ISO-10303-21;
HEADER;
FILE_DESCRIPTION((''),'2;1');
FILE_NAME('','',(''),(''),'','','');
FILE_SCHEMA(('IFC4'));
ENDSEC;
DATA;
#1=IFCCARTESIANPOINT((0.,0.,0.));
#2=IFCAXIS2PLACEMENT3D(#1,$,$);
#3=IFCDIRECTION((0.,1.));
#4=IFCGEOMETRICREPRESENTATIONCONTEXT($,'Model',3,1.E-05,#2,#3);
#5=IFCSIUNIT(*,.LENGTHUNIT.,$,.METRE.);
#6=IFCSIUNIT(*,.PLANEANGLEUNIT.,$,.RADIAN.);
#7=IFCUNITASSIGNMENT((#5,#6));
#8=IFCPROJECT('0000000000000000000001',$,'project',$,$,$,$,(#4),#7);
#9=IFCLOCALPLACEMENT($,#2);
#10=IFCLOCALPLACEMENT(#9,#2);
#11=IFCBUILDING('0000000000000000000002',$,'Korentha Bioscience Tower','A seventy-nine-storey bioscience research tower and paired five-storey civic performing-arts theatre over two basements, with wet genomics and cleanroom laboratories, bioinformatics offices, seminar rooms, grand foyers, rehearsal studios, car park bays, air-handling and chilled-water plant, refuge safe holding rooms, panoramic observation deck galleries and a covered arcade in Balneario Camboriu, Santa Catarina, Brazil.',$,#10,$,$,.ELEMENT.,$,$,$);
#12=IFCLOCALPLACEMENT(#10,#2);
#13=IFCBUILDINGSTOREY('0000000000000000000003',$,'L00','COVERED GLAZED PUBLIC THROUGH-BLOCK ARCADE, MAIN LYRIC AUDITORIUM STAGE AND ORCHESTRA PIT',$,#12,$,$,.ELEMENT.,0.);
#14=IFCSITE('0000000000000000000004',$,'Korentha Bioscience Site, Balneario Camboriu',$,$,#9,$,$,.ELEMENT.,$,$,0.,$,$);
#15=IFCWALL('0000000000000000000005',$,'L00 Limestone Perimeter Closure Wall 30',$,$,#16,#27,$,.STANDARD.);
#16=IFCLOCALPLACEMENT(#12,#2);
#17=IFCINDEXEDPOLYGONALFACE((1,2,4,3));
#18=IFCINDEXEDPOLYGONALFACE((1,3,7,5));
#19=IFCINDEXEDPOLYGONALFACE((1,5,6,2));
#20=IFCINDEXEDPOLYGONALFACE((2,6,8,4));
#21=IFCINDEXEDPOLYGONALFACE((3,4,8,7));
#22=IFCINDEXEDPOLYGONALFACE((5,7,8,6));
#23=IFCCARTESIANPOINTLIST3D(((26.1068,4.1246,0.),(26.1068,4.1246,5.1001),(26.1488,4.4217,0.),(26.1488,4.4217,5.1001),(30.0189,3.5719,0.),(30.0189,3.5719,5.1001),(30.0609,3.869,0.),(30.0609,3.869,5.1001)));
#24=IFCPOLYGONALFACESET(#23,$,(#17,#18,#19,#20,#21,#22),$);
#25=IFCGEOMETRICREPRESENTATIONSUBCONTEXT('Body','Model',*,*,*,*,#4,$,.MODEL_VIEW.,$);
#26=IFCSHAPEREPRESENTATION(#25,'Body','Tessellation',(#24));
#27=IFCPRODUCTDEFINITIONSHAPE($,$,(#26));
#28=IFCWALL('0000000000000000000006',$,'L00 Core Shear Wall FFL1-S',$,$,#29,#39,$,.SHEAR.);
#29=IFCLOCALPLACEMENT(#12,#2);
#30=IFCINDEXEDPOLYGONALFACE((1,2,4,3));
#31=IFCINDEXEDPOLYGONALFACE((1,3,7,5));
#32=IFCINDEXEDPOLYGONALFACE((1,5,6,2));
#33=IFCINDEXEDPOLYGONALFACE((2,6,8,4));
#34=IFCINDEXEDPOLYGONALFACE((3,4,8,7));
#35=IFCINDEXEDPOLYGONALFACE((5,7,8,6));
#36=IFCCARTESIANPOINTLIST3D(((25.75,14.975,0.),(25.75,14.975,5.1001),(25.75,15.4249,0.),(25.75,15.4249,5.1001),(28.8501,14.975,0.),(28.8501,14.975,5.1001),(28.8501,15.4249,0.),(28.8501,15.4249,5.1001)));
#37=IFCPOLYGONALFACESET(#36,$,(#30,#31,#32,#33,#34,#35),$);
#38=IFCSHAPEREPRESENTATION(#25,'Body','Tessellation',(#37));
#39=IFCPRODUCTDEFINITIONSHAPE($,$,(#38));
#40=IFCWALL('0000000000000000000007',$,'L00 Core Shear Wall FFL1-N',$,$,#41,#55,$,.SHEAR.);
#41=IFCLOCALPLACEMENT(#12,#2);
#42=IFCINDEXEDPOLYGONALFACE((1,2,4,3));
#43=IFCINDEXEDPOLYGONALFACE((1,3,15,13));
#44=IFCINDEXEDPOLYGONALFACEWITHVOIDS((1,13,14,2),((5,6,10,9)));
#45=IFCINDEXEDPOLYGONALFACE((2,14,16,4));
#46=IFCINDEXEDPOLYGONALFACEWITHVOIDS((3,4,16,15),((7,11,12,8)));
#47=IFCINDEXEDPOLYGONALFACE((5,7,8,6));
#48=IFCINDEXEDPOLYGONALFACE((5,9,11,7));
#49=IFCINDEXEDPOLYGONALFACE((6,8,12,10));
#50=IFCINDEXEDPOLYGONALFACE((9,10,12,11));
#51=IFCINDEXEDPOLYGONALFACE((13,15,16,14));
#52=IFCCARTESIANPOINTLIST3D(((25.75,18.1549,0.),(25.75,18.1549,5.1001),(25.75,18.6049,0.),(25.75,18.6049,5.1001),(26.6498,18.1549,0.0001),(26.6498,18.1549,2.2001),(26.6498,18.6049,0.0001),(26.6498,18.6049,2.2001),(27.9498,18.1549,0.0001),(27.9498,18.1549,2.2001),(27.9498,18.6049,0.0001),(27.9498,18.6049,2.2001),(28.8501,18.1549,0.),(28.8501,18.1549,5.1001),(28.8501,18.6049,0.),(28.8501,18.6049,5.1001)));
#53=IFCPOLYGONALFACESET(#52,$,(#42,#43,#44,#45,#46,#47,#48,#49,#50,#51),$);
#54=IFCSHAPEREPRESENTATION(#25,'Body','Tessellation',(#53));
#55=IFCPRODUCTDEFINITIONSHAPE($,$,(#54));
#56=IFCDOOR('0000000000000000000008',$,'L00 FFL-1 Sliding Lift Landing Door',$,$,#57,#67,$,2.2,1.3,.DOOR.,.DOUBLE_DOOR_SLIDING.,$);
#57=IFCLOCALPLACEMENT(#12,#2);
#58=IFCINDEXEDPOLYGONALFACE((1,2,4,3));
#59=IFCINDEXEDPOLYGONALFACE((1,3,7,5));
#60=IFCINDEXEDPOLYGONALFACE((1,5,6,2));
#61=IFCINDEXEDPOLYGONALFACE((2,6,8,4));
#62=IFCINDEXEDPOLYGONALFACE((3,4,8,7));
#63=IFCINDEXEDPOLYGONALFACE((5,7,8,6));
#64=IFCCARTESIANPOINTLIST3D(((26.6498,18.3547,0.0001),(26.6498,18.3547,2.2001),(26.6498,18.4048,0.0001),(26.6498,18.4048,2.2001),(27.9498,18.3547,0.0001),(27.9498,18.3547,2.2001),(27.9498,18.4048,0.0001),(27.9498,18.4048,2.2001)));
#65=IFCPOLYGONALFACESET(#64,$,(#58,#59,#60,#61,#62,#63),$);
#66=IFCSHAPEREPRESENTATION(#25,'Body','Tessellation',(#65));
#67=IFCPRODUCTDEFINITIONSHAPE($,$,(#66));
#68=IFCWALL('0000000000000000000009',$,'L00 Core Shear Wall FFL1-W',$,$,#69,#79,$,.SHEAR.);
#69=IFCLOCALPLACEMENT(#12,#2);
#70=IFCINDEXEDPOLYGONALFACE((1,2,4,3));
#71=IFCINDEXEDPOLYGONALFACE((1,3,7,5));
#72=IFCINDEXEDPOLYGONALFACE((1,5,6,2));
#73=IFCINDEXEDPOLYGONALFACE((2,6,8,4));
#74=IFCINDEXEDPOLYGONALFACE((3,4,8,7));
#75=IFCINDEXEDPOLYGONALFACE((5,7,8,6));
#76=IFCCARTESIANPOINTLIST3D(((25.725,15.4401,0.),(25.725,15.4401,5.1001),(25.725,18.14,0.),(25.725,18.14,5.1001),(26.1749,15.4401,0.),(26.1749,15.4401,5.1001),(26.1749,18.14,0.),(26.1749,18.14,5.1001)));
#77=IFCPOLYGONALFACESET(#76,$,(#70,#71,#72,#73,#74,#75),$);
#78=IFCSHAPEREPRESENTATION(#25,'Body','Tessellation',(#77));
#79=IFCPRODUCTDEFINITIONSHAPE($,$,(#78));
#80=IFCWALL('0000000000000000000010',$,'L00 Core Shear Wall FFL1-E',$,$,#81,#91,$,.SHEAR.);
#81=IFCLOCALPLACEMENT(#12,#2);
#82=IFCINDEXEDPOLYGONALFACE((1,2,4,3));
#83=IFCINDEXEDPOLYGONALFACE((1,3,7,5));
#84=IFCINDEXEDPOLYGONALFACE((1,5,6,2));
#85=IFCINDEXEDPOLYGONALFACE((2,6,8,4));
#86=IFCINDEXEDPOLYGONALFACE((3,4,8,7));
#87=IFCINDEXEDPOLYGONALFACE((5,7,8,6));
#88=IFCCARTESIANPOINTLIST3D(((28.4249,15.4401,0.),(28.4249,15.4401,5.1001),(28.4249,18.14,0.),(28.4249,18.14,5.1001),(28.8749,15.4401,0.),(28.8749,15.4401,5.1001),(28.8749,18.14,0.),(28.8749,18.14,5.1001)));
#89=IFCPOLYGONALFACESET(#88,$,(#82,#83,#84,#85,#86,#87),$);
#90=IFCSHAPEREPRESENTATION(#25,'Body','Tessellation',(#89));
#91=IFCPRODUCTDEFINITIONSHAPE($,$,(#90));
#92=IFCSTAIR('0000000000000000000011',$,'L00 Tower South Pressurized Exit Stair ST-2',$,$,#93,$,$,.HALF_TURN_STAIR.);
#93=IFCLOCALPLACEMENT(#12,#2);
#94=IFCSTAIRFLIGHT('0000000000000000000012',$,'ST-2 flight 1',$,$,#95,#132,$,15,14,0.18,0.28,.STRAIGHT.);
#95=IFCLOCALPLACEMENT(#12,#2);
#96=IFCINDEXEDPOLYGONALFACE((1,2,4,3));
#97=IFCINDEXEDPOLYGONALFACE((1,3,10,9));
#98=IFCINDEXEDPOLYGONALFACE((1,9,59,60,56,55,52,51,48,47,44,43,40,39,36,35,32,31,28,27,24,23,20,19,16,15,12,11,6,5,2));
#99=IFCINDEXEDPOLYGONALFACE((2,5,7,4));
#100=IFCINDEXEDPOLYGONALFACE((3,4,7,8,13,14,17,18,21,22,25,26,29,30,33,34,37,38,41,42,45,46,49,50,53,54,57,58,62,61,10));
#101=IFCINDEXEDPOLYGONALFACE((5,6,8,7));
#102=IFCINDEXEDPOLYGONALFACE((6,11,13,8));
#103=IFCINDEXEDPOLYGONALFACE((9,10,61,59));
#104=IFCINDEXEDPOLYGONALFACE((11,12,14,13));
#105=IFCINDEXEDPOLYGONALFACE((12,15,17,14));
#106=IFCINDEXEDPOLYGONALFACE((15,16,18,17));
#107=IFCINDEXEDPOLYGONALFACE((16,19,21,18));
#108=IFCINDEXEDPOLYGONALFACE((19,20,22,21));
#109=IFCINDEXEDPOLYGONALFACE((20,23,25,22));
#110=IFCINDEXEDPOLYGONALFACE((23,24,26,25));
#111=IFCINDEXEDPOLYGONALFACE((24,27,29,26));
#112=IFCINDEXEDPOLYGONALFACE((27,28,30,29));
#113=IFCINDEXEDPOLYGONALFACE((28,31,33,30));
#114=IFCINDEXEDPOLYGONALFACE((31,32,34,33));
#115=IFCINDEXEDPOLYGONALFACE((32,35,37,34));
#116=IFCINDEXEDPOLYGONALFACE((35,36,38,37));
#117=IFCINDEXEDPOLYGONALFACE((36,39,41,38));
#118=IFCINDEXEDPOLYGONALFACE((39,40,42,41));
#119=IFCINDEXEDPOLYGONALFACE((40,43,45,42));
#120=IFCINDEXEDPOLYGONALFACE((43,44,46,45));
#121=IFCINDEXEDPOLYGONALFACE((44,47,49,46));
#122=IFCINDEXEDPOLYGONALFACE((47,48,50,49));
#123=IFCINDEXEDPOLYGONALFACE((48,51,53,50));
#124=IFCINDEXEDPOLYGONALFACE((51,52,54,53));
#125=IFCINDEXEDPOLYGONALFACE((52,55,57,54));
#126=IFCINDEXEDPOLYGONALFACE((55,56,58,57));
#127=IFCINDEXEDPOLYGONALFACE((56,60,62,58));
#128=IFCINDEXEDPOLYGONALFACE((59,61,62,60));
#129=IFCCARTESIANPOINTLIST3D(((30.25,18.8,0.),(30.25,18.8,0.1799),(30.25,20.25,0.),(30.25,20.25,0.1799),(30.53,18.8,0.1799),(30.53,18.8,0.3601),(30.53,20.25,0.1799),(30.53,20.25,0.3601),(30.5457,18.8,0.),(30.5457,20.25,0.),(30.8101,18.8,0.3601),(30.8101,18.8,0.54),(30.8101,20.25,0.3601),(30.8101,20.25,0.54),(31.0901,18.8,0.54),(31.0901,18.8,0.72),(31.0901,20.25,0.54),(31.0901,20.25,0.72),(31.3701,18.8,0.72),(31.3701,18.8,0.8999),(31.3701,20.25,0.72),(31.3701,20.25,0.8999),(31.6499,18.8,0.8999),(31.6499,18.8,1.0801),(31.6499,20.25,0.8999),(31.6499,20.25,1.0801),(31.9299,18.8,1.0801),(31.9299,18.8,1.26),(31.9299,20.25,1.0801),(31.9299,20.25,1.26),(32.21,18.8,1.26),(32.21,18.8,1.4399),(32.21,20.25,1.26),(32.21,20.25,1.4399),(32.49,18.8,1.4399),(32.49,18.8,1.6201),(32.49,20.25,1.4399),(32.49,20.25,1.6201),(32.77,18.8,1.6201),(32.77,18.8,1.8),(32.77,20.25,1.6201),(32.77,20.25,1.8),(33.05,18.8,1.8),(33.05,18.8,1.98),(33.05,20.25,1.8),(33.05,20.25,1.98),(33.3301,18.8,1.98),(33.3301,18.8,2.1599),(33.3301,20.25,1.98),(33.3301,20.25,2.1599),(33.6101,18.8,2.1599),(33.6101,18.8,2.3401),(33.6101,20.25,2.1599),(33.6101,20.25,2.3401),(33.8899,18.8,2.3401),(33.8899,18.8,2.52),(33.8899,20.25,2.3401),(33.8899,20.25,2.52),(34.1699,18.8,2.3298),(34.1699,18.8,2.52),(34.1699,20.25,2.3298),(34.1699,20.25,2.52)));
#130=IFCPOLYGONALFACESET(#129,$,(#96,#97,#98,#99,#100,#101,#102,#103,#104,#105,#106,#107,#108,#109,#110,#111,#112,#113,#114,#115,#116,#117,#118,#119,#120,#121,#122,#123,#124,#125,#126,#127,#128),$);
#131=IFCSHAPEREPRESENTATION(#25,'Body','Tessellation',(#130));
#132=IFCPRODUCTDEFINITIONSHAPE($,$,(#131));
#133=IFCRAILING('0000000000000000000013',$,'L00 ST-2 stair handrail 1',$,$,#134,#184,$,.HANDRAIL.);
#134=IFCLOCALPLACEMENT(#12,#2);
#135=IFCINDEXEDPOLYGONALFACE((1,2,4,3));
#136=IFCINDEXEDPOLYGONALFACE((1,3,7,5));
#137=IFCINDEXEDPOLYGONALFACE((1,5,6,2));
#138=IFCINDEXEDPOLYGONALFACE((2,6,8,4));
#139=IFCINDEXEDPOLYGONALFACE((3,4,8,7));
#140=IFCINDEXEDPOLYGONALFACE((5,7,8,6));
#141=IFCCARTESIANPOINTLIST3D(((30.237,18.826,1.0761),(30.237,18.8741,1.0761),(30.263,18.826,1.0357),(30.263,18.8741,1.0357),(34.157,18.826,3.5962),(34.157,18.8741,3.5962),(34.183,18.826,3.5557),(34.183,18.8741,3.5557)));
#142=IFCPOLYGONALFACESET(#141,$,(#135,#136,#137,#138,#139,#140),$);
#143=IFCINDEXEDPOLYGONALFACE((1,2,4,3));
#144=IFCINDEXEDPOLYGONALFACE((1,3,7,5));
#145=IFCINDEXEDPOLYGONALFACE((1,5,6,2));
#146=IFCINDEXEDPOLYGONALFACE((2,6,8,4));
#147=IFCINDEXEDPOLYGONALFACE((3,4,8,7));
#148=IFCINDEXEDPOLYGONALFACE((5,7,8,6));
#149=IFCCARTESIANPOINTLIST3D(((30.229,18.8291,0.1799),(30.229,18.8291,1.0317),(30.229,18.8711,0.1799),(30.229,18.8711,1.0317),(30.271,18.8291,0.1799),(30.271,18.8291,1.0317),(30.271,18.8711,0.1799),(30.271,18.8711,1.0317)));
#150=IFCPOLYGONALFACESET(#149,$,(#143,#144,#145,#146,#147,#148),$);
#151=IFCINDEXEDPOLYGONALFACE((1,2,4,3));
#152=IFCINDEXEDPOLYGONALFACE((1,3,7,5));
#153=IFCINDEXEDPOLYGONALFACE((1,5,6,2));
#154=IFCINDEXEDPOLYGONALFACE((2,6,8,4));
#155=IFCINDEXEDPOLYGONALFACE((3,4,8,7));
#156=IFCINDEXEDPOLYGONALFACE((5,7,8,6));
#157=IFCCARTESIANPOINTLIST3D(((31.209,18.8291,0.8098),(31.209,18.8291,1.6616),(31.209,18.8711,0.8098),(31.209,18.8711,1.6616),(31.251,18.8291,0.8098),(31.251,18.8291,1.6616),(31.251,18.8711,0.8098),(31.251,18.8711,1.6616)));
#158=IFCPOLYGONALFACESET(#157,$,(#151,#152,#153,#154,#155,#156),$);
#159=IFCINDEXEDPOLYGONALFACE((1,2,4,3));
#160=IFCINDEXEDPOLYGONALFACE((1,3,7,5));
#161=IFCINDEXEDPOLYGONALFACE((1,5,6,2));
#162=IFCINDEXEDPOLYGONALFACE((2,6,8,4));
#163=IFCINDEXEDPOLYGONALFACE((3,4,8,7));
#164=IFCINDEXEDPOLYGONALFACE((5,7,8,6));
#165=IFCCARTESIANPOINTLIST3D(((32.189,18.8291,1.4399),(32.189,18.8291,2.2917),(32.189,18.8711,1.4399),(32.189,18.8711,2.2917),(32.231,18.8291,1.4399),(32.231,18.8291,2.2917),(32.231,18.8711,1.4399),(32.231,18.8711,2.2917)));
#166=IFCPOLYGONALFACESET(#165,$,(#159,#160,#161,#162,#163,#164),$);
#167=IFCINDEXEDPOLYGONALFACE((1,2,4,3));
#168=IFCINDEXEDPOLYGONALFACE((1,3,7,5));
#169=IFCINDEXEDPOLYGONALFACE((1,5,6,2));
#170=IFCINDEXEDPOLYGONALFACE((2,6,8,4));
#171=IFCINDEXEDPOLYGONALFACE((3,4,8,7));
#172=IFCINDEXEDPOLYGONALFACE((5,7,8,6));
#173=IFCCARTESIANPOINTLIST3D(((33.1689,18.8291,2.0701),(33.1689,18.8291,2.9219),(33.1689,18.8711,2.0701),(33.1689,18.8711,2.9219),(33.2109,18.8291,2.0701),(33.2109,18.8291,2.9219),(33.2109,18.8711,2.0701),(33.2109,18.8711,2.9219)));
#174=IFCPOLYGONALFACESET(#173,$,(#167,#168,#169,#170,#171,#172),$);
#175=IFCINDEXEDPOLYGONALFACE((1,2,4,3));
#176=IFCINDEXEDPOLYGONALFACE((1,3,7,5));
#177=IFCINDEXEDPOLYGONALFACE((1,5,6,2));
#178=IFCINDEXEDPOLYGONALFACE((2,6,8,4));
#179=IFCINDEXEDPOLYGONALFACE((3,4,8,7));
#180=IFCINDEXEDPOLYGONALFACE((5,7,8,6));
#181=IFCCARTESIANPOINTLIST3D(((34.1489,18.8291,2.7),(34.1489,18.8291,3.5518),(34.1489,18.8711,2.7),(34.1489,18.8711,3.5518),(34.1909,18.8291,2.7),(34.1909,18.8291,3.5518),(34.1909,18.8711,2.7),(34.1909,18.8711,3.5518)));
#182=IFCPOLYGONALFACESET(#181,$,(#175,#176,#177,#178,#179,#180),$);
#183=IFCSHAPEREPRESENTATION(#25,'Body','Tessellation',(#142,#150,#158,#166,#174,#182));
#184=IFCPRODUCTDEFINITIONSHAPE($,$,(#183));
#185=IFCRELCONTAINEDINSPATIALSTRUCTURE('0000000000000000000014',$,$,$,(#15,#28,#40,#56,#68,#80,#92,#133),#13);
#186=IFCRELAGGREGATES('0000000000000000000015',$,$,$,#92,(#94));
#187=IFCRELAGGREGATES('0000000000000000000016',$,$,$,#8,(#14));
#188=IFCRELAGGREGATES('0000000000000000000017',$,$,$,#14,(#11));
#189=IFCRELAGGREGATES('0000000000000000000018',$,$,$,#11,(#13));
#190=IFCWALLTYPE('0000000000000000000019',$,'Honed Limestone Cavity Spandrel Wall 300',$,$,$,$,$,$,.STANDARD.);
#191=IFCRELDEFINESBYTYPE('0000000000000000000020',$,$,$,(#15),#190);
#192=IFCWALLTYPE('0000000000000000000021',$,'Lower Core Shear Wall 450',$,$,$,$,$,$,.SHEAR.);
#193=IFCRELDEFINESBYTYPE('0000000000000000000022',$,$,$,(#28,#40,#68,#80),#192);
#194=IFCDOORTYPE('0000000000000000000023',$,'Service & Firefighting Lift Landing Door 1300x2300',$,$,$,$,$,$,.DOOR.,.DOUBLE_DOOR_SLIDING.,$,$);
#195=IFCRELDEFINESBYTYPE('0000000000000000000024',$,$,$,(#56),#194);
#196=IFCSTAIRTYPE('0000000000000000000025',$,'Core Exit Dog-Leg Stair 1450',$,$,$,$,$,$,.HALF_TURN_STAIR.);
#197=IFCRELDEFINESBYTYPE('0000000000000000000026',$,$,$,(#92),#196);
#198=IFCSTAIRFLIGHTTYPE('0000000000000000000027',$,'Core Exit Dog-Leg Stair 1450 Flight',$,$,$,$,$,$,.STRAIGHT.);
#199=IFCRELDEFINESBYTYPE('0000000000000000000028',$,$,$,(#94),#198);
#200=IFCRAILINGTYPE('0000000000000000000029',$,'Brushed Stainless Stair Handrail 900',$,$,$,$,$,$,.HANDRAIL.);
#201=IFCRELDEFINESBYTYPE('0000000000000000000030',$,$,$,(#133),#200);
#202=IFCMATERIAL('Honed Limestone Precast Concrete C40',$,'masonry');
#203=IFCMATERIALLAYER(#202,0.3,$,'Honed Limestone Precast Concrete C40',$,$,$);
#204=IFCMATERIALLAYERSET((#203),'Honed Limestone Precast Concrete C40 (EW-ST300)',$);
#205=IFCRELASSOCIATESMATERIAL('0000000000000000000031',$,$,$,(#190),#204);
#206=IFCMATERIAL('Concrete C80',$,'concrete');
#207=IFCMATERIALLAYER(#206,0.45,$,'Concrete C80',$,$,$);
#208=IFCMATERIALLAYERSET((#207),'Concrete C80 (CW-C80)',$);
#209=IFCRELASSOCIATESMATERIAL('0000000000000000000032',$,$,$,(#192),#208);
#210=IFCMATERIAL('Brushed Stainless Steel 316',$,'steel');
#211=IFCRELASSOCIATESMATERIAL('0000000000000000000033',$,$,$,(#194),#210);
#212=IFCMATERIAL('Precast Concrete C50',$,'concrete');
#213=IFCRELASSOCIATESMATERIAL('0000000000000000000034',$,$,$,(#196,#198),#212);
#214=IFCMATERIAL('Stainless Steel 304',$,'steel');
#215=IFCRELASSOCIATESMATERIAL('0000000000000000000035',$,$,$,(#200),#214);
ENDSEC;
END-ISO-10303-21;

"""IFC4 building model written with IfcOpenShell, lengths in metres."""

from ifc_helpers import new_model, si_unit, direction, frame, frame_2d, origin, origin_2d, place, context, subcontext, project, spatial, polyline, rectangle, outline, extrude, material, layer, layer_set, type_object, element, fill, aggregate, save


model = new_model("IFC4")

# Units and contexts
model_context = context("Model", 3, precision=1e-05, world=origin(), true_north=direction((0.0, 1.0)))
body_context = subcontext(model_context, "Body", "Model", "MODEL_VIEW")
ifc_project = project(units=[si_unit("LENGTHUNIT", "METRE"), si_unit("PLANEANGLEUNIT", "RADIAN")], contexts=[model_context])

# Site, building, storey
site_placement = place(None, origin())
site = spatial("IfcSite", under=ifc_project, at=site_placement, Name="Korentha Bioscience Site, Balneario Camboriu", CompositionType="ELEMENT", RefElevation=0.0)
building_placement = place(site_placement, origin())
building = spatial("IfcBuilding", under=site, at=building_placement, Name="Korentha Bioscience Tower", Description="A seventy-nine-storey bioscience research tower and paired five-storey civic performing-arts theatre over two basements, with wet genomics and cleanroom laboratories, bioinformatics offices, seminar rooms, grand foyers, rehearsal studios, car park bays, air-handling and chilled-water plant, refuge safe holding rooms, panoramic observation deck galleries and a covered arcade in Balneario Camboriu, Santa Catarina, Brazil.", CompositionType="ELEMENT")
storey_placement = place(building_placement, origin())
storey = spatial("IfcBuildingStorey", under=building, at=storey_placement, Name="L00", Description="COVERED GLAZED PUBLIC THROUGH-BLOCK ARCADE, MAIN LYRIC AUDITORIUM STAGE AND ORCHESTRA PIT", CompositionType="ELEMENT", Elevation=0.0)

# Shared definitions
ifc_material_1 = material(Name="Concrete C80", Category="concrete")

# Wall
ifc_material_2 = material(Name="Honed Limestone Precast Concrete C40", Category="masonry")
ifc_layer_1 = layer(ifc_material_2, 0.3, Name="Honed Limestone Precast Concrete C40")
ifc_layer_set_1 = layer_set([ifc_layer_1], Name="Honed Limestone Precast Concrete C40 (EW-ST300)")
wall_type_1 = type_object("IfcWallType", Name="Honed Limestone Cavity Spandrel Wall 300", PredefinedType="STANDARD", material=ifc_layer_set_1)
wall_1_placement = place(storey_placement, frame((26.1277, 4.2732, 0.0), z_axis=(0.0, 0.0, 1.0), x_axis=(0.990166, -0.139899, 0.0)))
element("IfcWall", 1, at=wall_1_placement, inside=storey, type_object=wall_type_1, Name="L00 Limestone Perimeter Closure Wall 30", PredefinedType="STANDARD", context=body_context, shape_type="SweptSolid", body=[
    extrude(rectangle(XDim=3.9509, YDim=0.3, at=frame_2d((1.9756, 0.0))), origin(), (0.0, 0.0, 1.0), 5.1001),
])

# Shared definitions
ifc_layer_2 = layer(ifc_material_1, 0.45, Name="Concrete C80")
ifc_layer_set_2 = layer_set([ifc_layer_2], Name="Concrete C80 (CW-C80)")
wall_type_2 = type_object("IfcWallType", Name="Lower Core Shear Wall 450", PredefinedType="SHEAR", material=ifc_layer_set_2)

# Wall
wall_2_placement = place(storey_placement, frame((25.75, 15.2, 0.0), z_axis=(0.0, 0.0, 1.0), x_axis=(1.0, 0.0, 0.0)))
element("IfcWall", 2, at=wall_2_placement, inside=storey, type_object=wall_type_2, Name="L00 Core Shear Wall FFL1-S", PredefinedType="SHEAR", context=body_context, shape_type="SweptSolid", body=[
    extrude(rectangle(XDim=3.1001, YDim=0.45, at=frame_2d((1.55, 0.0))), origin(), (0.0, 0.0, 1.0), 5.1001),
])

# Wall, opening, door
wall_3_placement = place(storey_placement, frame((25.75, 18.3799, 0.0), z_axis=(0.0, 0.0, 1.0), x_axis=(1.0, 0.0, 0.0)))
wall_3 = element("IfcWall", 3, at=wall_3_placement, inside=storey, type_object=wall_type_2, Name="L00 Core Shear Wall FFL1-N", PredefinedType="SHEAR", context=body_context, shape_type="SweptSolid", body=[
    extrude(rectangle(XDim=3.1001, YDim=0.45, at=frame_2d((1.55, 0.0))), origin(), (0.0, 0.0, 1.0), 5.1001),
])
opening_1_placement = place(wall_3_placement, frame((0.8999, 0.0, 0.0)))
opening_1 = element("IfcOpeningElement", 4, at=opening_1_placement, cuts=wall_3, PredefinedType="OPENING", context=body_context, shape_type="SweptSolid", body=[
    extrude(rectangle(XDim=1.3, YDim=2.2, at=frame_2d((0.6499, 1.1001))), frame((0.0, 0.2397, 0.0), z_axis=(0.0, -1.0, 0.0), x_axis=(1.0, 0.0, 0.0)), (0.0, 0.0, 1.0), 0.4797),
])
ifc_material_3 = material(Name="Brushed Stainless Steel 316", Category="steel")
door_type_1 = type_object("IfcDoorType", Name="Service & Firefighting Lift Landing Door 1300x2300", OperationType="DOUBLE_DOOR_SLIDING", PredefinedType="DOOR", material=ifc_material_3)
door_1_placement = place(opening_1_placement, origin())
door_1 = element("IfcDoor", 5, at=door_1_placement, inside=storey, type_object=door_type_1, Name="L00 FFL-1 Sliding Lift Landing Door", OperationType="DOUBLE_DOOR_SLIDING", OverallHeight=2.2, OverallWidth=1.3, PredefinedType="DOOR", context=body_context, shape_type="SweptSolid", body=[
    extrude(rectangle(XDim=1.3, YDim=2.2, at=frame_2d((0.6499, 1.1001))), frame((0.0, 0.0249, 0.0), z_axis=(0.0, -1.0, 0.0), x_axis=(1.0, 0.0, 0.0)), (0.0, 0.0, 1.0), 0.05),
])
fill(opening_1, door_1)

# Walls
for number, where, z_axis, x_axis, name in (
    (6, (25.95, 15.4399, 0.0), (0.0, 0.0, 1.0), (0.0, 1.0, 0.0), "L00 Core Shear Wall FFL1-W"),
    (7, (28.6499, 15.4399, 0.0), (0.0, 0.0, 1.0), (0.0, 1.0, 0.0), "L00 Core Shear Wall FFL1-E"),
):
    element("IfcWall", number, at=place(storey_placement, frame(where, z_axis=z_axis, x_axis=x_axis)), inside=storey, type_object=wall_type_2, Name=name, PredefinedType="SHEAR", context=body_context, shape_type="SweptSolid", body=[
        extrude(rectangle(XDim=2.7, YDim=0.45, at=frame_2d((1.3501, 0.0))), origin(), (0.0, 0.0, 1.0), 5.1001),
    ])

# Stair, stair flight
ifc_material_4 = material(Name="Precast Concrete C50", Category="concrete")
stair_type = type_object("IfcStairType", Name="Core Exit Dog-Leg Stair 1450", PredefinedType="HALF_TURN_STAIR", material=ifc_material_4)
stair_placement = place(storey_placement, origin())
stair = element("IfcStair", 8, at=stair_placement, inside=storey, type_object=stair_type, Name="L00 Tower South Pressurized Exit Stair ST-2", PredefinedType="HALF_TURN_STAIR")
stair_flight_type = type_object("IfcStairFlightType", Name="Core Exit Dog-Leg Stair 1450 Flight", PredefinedType="STRAIGHT", material=ifc_material_4)
stair_flight_placement = place(storey_placement, frame((30.25, 19.5249, 0.0), z_axis=(0.0, 0.0, 1.0), x_axis=(1.0, 0.0, 0.0)))
stair_flight = element("IfcStairFlight", 9, at=stair_flight_placement, type_object=stair_flight_type, Name="ST-2 flight 1", NumberOfRisers=15, NumberOfTreads=14, PredefinedType="STRAIGHT", RiserHeight=0.18, TreadLength=0.28, context=body_context, shape_type="SweptSolid", body=[
    extrude(outline(polyline([(0.0, 0.0), (0.0, 0.1799), (0.28, 0.1799), (0.28, 0.3601), (0.5601, 0.3601), (0.5601, 0.54), (0.8401, 0.54), (0.8401, 0.72), (1.1201, 0.72), (1.1201, 0.8999), (1.3999, 0.8999), (1.3999, 1.0801), (1.6799, 1.0801), (1.6799, 1.26), (1.96, 1.26), (1.96, 1.4399), (2.24, 1.4399), (2.24, 1.6201), (2.52, 1.6201), (2.52, 1.8), (2.8, 1.8), (2.8, 1.98), (3.0801, 1.98), (3.0801, 2.1599), (3.3601, 2.1599), (3.3601, 2.3401), (3.6399, 2.3401), (3.6399, 2.52), (3.9199, 2.52), (3.9199, 2.7), (3.9199, 2.3298), (0.2957, 0.0), (0.0, 0.0)])), frame((0.0, 0.7251, 0.0), z_axis=(0.0, -1.0, 0.0), x_axis=(1.0, 0.0, 0.0)), (0.0, 0.0, 1.0), 1.45),
])
aggregate(stair, [stair_flight])

# Railing
ifc_material_5 = material(Name="Stainless Steel 304", Category="steel")
railing_type_1 = type_object("IfcRailingType", Name="Brushed Stainless Stair Handrail 900", PredefinedType="HANDRAIL", material=ifc_material_5)
railing_1_placement = place(storey_placement, frame((30.25, 18.8501, 0.1799)))
element("IfcRailing", 10, at=railing_1_placement, inside=storey, type_object=railing_type_1, Name="L00 ST-2 stair handrail 1", PredefinedType="HANDRAIL", context=body_context, shape_type="SweptSolid", body=[
    extrude(rectangle(XDim=0.0481, YDim=0.0481, at=origin_2d()), frame((0.0, 0.0, 0.876), z_axis=(0.841172, 0.0, 0.540768), x_axis=(0.0, 1.0, 0.0)), (0.0, 0.0, 1.0), 4.6602),
    extrude(rectangle(XDim=0.042, YDim=0.042, at=origin_2d()), origin(), (0.0, 0.0, 1.0), 0.8518),
    extrude(rectangle(XDim=0.042, YDim=0.042, at=origin_2d()), frame((0.98, 0.0, 0.6299)), (0.0, 0.0, 1.0), 0.8518),
    extrude(rectangle(XDim=0.042, YDim=0.042, at=origin_2d()), frame((1.96, 0.0, 1.26)), (0.0, 0.0, 1.0), 0.8518),
    extrude(rectangle(XDim=0.042, YDim=0.042, at=origin_2d()), frame((2.9399, 0.0, 1.8901)), (0.0, 0.0, 1.0), 0.8518),
    extrude(rectangle(XDim=0.042, YDim=0.042, at=origin_2d()), frame((3.9199, 0.0, 2.52)), (0.0, 0.0, 1.0), 0.8518),
])

save(model, "model.ifc")
